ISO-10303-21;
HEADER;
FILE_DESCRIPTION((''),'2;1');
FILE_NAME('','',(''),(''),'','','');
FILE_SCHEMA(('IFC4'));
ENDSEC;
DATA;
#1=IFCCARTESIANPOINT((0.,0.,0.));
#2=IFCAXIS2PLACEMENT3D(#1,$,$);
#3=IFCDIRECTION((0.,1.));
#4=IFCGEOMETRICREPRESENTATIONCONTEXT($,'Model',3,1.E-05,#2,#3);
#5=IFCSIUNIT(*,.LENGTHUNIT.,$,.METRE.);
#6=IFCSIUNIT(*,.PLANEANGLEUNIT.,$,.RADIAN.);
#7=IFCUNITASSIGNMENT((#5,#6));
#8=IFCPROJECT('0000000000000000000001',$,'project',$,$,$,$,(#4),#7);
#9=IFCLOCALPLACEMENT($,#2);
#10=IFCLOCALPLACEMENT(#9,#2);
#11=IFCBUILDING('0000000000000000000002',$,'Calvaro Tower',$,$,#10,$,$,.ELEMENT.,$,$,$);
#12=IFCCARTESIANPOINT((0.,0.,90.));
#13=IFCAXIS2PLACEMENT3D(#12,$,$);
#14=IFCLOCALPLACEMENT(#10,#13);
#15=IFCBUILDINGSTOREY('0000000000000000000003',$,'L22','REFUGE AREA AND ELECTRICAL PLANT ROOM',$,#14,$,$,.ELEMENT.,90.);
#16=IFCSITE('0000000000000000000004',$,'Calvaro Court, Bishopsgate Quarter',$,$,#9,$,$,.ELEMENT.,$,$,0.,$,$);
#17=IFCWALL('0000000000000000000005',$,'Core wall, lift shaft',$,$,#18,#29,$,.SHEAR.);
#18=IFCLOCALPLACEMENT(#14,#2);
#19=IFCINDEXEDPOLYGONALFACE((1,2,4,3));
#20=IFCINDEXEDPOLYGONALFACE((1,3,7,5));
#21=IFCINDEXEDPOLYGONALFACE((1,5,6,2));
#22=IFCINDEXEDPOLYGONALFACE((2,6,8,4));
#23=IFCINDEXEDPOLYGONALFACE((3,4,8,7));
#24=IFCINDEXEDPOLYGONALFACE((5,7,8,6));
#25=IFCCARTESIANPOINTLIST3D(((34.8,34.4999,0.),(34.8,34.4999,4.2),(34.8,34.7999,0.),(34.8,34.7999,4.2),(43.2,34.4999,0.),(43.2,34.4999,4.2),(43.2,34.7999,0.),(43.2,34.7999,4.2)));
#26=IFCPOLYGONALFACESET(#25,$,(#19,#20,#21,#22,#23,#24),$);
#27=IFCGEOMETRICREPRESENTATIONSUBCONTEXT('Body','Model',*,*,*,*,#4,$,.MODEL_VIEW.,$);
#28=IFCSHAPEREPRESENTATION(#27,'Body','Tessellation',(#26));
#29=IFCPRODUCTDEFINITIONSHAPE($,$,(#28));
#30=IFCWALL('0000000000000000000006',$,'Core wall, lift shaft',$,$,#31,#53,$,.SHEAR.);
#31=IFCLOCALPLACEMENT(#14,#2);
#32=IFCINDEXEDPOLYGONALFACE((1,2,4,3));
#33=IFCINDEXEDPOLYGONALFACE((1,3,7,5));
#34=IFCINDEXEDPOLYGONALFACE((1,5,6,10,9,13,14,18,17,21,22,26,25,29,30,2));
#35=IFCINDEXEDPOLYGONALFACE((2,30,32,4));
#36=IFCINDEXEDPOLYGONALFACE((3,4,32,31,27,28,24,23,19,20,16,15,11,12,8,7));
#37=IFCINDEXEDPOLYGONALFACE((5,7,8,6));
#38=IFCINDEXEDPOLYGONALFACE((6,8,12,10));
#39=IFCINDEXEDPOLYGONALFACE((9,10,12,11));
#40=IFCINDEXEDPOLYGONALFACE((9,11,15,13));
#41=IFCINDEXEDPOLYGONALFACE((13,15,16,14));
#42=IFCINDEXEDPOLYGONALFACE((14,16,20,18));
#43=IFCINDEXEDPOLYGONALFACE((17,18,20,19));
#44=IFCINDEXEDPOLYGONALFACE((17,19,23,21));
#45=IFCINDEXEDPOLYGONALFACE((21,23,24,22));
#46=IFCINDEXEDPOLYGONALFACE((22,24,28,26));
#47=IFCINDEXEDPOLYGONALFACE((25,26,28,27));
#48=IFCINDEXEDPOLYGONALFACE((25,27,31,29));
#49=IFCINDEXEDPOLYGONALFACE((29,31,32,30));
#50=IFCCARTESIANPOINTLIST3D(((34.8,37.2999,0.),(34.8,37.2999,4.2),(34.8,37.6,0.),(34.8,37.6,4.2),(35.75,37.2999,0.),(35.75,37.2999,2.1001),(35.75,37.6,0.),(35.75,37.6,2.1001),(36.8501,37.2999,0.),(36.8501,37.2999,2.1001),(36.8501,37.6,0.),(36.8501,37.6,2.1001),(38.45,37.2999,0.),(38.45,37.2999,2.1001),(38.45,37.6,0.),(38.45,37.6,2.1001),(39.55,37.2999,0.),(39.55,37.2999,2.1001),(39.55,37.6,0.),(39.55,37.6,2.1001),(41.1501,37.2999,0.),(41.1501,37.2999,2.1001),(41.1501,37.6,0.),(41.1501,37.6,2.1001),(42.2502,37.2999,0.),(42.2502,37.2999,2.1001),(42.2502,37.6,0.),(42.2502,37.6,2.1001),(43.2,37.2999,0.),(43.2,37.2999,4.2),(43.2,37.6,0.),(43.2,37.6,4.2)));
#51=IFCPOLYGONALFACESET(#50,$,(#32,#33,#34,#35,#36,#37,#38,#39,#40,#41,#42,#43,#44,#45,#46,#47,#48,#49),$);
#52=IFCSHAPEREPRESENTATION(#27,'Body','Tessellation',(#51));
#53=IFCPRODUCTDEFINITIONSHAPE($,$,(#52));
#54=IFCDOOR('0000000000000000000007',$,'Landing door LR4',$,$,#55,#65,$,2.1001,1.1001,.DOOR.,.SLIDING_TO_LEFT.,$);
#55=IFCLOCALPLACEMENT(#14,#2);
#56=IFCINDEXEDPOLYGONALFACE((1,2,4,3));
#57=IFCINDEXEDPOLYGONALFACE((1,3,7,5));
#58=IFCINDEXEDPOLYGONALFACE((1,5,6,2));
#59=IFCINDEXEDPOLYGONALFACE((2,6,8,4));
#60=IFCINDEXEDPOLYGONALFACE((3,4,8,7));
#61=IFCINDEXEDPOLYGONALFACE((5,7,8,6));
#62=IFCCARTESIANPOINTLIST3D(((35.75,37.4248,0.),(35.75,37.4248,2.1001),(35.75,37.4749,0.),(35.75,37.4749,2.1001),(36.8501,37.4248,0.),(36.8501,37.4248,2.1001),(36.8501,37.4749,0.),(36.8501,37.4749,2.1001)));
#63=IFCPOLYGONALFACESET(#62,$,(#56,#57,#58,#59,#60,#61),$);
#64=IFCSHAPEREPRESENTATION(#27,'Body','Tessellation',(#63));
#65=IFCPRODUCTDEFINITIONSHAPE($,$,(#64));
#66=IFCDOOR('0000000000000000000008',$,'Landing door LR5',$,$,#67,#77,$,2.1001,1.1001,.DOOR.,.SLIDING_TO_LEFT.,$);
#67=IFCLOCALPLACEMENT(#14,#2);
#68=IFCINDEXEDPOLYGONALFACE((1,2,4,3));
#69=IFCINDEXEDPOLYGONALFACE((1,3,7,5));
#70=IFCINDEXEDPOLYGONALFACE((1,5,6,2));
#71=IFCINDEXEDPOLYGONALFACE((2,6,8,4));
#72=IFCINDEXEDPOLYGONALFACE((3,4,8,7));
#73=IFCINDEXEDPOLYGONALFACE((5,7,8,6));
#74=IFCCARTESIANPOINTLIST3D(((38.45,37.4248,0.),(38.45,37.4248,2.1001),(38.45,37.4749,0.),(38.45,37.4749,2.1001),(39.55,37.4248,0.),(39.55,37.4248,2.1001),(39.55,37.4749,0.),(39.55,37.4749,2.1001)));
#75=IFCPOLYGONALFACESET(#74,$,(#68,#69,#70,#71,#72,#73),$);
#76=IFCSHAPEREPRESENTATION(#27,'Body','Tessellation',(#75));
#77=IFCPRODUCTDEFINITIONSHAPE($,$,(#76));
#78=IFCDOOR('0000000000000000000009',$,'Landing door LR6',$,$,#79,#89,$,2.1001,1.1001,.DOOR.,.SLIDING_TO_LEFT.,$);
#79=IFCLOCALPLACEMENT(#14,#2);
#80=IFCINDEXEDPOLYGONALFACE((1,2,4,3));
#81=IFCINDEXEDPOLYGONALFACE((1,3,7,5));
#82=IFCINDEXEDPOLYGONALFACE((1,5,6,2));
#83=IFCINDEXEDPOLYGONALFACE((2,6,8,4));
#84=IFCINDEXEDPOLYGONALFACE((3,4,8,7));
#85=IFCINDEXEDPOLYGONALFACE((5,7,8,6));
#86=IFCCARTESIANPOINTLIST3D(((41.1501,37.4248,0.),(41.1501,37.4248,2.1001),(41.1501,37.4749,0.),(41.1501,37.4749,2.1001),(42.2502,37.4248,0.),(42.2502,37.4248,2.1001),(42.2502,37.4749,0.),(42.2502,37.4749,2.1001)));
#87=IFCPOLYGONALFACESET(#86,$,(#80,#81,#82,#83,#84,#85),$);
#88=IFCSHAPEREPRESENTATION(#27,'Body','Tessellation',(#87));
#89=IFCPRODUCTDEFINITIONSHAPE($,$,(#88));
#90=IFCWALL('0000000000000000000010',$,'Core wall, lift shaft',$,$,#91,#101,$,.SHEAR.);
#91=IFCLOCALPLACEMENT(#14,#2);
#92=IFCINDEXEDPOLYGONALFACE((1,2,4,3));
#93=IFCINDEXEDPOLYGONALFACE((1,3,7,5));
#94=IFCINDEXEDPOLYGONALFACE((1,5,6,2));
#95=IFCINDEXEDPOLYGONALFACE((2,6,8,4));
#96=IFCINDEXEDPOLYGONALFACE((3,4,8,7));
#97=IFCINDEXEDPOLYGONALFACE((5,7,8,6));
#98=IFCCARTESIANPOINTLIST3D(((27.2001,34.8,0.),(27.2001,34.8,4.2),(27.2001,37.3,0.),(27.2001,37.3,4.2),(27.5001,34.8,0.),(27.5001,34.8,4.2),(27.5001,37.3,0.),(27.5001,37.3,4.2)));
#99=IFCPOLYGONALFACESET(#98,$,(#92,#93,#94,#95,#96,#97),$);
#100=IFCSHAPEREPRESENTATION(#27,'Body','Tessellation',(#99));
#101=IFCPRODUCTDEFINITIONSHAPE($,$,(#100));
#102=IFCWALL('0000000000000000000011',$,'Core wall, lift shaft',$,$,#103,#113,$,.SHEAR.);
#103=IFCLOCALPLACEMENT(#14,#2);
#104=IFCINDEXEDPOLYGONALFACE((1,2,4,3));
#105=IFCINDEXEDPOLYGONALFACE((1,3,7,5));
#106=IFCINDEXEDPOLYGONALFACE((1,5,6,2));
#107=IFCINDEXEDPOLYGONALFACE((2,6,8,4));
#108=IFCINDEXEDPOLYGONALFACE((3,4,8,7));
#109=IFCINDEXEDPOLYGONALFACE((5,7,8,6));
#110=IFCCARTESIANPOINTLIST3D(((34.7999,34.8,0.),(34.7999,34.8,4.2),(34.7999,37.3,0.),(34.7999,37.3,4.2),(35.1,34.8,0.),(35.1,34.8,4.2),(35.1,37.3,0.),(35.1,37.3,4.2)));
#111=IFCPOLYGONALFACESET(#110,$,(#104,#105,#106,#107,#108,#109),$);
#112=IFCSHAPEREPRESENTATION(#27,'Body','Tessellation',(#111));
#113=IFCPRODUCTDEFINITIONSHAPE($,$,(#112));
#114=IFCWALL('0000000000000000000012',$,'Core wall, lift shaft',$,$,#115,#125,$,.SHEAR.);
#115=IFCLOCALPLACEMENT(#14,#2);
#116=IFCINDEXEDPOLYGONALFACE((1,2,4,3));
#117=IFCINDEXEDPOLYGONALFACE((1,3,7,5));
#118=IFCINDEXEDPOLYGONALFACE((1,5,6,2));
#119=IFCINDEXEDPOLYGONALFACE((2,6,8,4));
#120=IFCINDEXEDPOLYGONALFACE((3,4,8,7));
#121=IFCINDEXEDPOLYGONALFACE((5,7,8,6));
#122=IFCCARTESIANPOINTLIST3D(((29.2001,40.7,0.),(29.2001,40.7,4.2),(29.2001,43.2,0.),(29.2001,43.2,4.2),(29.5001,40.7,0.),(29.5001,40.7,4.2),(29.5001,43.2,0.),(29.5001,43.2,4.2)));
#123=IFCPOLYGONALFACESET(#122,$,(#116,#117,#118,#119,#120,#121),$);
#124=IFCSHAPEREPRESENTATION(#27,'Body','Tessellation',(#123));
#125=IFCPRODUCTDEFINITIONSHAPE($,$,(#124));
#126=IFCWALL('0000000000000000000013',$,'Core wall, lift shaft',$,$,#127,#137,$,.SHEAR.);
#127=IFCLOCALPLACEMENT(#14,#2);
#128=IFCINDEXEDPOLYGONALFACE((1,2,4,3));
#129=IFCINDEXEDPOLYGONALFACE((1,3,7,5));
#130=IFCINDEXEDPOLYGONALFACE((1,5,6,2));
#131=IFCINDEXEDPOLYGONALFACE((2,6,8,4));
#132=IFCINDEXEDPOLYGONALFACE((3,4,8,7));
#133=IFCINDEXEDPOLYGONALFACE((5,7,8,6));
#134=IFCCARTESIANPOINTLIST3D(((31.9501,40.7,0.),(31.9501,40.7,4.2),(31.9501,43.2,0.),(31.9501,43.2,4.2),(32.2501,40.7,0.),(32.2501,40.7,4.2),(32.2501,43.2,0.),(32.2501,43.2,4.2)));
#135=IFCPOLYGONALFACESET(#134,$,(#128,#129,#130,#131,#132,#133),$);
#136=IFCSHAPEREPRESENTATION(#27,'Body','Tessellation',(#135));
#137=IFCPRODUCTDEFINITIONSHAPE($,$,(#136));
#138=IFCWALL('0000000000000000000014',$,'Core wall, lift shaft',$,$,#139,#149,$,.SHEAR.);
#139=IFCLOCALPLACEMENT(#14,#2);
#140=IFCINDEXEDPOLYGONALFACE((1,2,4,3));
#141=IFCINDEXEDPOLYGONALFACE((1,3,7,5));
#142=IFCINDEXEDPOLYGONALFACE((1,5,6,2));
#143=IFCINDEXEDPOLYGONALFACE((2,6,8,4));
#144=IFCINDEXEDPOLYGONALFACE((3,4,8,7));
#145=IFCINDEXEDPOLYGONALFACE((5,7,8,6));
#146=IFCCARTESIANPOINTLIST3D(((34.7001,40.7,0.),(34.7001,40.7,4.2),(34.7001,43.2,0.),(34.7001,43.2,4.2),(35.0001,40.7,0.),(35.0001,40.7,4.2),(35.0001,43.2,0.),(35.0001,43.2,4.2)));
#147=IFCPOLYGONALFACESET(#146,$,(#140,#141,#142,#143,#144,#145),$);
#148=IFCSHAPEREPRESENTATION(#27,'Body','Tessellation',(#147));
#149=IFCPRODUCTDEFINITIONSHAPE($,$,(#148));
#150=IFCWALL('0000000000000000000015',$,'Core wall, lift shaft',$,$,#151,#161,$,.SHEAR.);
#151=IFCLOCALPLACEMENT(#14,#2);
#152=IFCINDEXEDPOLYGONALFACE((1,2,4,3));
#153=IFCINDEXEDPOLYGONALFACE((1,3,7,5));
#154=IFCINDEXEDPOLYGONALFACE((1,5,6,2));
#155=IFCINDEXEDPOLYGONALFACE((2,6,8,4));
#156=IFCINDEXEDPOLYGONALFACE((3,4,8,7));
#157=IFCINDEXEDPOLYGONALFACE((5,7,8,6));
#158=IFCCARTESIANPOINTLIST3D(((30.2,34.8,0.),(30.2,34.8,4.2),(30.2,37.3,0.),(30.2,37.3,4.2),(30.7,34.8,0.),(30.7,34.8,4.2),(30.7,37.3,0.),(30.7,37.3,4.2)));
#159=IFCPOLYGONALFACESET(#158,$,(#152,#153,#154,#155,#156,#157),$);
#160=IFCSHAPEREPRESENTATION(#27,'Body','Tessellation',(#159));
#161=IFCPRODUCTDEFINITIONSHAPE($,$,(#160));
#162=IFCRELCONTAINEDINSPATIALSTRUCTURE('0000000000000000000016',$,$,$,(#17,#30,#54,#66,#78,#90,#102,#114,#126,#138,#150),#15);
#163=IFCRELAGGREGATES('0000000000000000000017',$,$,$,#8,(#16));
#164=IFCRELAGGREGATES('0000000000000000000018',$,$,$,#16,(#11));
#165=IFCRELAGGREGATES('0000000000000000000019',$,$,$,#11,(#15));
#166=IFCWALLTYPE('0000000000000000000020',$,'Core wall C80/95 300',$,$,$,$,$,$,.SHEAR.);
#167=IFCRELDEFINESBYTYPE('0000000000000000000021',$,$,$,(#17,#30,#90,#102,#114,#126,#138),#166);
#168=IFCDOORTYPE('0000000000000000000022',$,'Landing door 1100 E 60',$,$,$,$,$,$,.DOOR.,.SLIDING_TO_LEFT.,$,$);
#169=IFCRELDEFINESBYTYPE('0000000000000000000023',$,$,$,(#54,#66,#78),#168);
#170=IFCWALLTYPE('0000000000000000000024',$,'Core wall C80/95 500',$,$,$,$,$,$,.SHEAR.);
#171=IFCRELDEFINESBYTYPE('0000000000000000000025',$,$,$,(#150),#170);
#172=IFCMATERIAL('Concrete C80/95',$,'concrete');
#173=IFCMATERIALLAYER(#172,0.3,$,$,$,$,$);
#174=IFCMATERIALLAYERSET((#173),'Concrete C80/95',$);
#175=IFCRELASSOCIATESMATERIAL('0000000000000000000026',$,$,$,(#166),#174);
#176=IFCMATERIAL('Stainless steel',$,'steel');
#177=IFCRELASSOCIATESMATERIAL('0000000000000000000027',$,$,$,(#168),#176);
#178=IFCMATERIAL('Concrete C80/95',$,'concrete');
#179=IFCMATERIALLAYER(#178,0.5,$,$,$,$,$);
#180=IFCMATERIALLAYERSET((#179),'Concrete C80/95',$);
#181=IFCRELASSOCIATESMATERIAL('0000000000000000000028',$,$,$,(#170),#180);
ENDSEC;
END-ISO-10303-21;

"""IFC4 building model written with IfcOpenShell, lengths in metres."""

from ifc_helpers import new_model, si_unit, direction, frame, frame_2d, origin, place, context, subcontext, project, spatial, rectangle, extrude, material, layer, layer_set, type_object, element, fill, save


model = new_model("IFC4")

# Units and contexts
model_context = context("Model", 3, precision=1e-05, world=origin(), true_north=direction((0.0, 1.0)))
body_context = subcontext(model_context, "Body", "Model", "MODEL_VIEW")
ifc_project = project(units=[si_unit("LENGTHUNIT", "METRE"), si_unit("PLANEANGLEUNIT", "RADIAN")], contexts=[model_context])

# Site, building, storey
site_placement = place(None, origin())
site = spatial("IfcSite", under=ifc_project, at=site_placement, Name="Calvaro Court, Bishopsgate Quarter", CompositionType="ELEMENT", RefElevation=0.0)
building_placement = place(site_placement, origin())
building = spatial("IfcBuilding", under=site, at=building_placement, Name="Calvaro Tower", CompositionType="ELEMENT")
storey_placement = place(building_placement, frame((0.0, 0.0, 90.0)))
storey = spatial("IfcBuildingStorey", under=building, at=storey_placement, Name="L22", Description="REFUGE AREA AND ELECTRICAL PLANT ROOM", CompositionType="ELEMENT", Elevation=90.0)

# Wall
ifc_material_1 = material(Name="Concrete C80/95", Category="concrete")
ifc_layer_1 = layer(ifc_material_1, 0.3)
ifc_layer_set_1 = layer_set([ifc_layer_1], Name="Concrete C80/95")
wall_type_1 = type_object("IfcWallType", Name="Core wall C80/95 300", PredefinedType="SHEAR", material=ifc_layer_set_1)
wall_1_placement = place(storey_placement, frame((34.8, 34.6499, 0.0), z_axis=(0.0, 0.0, 1.0), x_axis=(1.0, 0.0, 0.0)))
element("IfcWall", 1, at=wall_1_placement, inside=storey, type_object=wall_type_1, Name="Core wall, lift shaft", PredefinedType="SHEAR", context=body_context, shape_type="SweptSolid", body=[
    extrude(rectangle(XDim=8.3999, YDim=0.3, at=frame_2d((4.2, 0.0))), origin(), (0.0, 0.0, 1.0), 4.2),
])

# Wall, openings, doors
wall_2_placement = place(storey_placement, frame((34.8, 37.45, 0.0), z_axis=(0.0, 0.0, 1.0), x_axis=(1.0, 0.0, 0.0)))
wall_2 = element("IfcWall", 2, at=wall_2_placement, inside=storey, type_object=wall_type_1, Name="Core wall, lift shaft", PredefinedType="SHEAR", context=body_context, shape_type="SweptSolid", body=[
    extrude(rectangle(XDim=8.3999, YDim=0.3, at=frame_2d((4.2, 0.0))), origin(), (0.0, 0.0, 1.0), 4.2),
])
opening_1_placement = place(wall_2_placement, frame((0.95, 0.0, 0.0)))
opening_1 = element("IfcOpeningElement", 3, at=opening_1_placement, cuts=wall_2, PredefinedType="OPENING", context=body_context, shape_type="SweptSolid", body=[
    extrude(rectangle(XDim=1.1001, YDim=2.1001, at=frame_2d((0.55, 1.05))), frame((0.0, 0.1599, 0.0), z_axis=(0.0, -1.0, 0.0), x_axis=(1.0, 0.0, 0.0)), (0.0, 0.0, 1.0), 0.3201),
])
opening_2_placement = place(wall_2_placement, frame((3.6499, 0.0, 0.0)))
opening_2 = element("IfcOpeningElement", 4, at=opening_2_placement, cuts=wall_2, PredefinedType="OPENING", context=body_context, shape_type="SweptSolid", body=[
    extrude(rectangle(XDim=1.1001, YDim=2.1001, at=frame_2d((0.55, 1.05))), frame((0.0, 0.1599, 0.0), z_axis=(0.0, -1.0, 0.0), x_axis=(1.0, 0.0, 0.0)), (0.0, 0.0, 1.0), 0.3201),
])
opening_3_placement = place(wall_2_placement, frame((6.3501, 0.0, 0.0)))
opening_3 = element("IfcOpeningElement", 5, at=opening_3_placement, cuts=wall_2, PredefinedType="OPENING", context=body_context, shape_type="SweptSolid", body=[
    extrude(rectangle(XDim=1.1001, YDim=2.1001, at=frame_2d((0.55, 1.05))), frame((0.0, 0.1599, 0.0), z_axis=(0.0, -1.0, 0.0), x_axis=(1.0, 0.0, 0.0)), (0.0, 0.0, 1.0), 0.3201),
])
ifc_material_2 = material(Name="Stainless steel", Category="steel")
door_type = type_object("IfcDoorType", Name="Landing door 1100 E 60", OperationType="SLIDING_TO_LEFT", PredefinedType="DOOR", material=ifc_material_2)
door_1_placement = place(opening_1_placement, origin())
door_1 = element("IfcDoor", 6, at=door_1_placement, inside=storey, type_object=door_type, Name="Landing door LR4", OperationType="SLIDING_TO_LEFT", OverallHeight=2.1001, OverallWidth=1.1001, PredefinedType="DOOR", context=body_context, shape_type="SweptSolid", body=[
    extrude(rectangle(XDim=1.1001, YDim=2.1001, at=frame_2d((0.55, 1.05))), frame((0.0, 0.0249, 0.0), z_axis=(0.0, -1.0, 0.0), x_axis=(1.0, 0.0, 0.0)), (0.0, 0.0, 1.0), 0.05),
])
fill(opening_1, door_1)
door_2_placement = place(opening_2_placement, origin())
door_2 = element("IfcDoor", 7, at=door_2_placement, inside=storey, type_object=door_type, Name="Landing door LR5", OperationType="SLIDING_TO_LEFT", OverallHeight=2.1001, OverallWidth=1.1001, PredefinedType="DOOR", context=body_context, shape_type="SweptSolid", body=[
    extrude(rectangle(XDim=1.1001, YDim=2.1001, at=frame_2d((0.55, 1.05))), frame((0.0, 0.0249, 0.0), z_axis=(0.0, -1.0, 0.0), x_axis=(1.0, 0.0, 0.0)), (0.0, 0.0, 1.0), 0.05),
])
fill(opening_2, door_2)
door_3_placement = place(opening_3_placement, origin())
door_3 = element("IfcDoor", 8, at=door_3_placement, inside=storey, type_object=door_type, Name="Landing door LR6", OperationType="SLIDING_TO_LEFT", OverallHeight=2.1001, OverallWidth=1.1001, PredefinedType="DOOR", context=body_context, shape_type="SweptSolid", body=[
    extrude(rectangle(XDim=1.1001, YDim=2.1001, at=frame_2d((0.55, 1.05))), frame((0.0, 0.0249, 0.0), z_axis=(0.0, -1.0, 0.0), x_axis=(1.0, 0.0, 0.0)), (0.0, 0.0, 1.0), 0.05),
])
fill(opening_3, door_3)

# Walls
for number, where, z_axis, x_axis, name in (
    (9, (27.3501, 34.8, 0.0), (0.0, 0.0, 1.0), (0.0, 1.0, 0.0), "Core wall, lift shaft"),
    (10, (34.95, 34.8, 0.0), (0.0, 0.0, 1.0), (0.0, 1.0, 0.0), "Core wall, lift shaft"),
    (11, (29.3501, 40.7, 0.0), (0.0, 0.0, 1.0), (0.0, 1.0, 0.0), "Core wall, lift shaft"),
    (12, (32.1001, 40.7, 0.0), (0.0, 0.0, 1.0), (0.0, 1.0, 0.0), "Core wall, lift shaft"),
    (13, (34.8501, 40.7, 0.0), (0.0, 0.0, 1.0), (0.0, 1.0, 0.0), "Core wall, lift shaft"),
):
    element("IfcWall", number, at=place(storey_placement, frame(where, z_axis=z_axis, x_axis=x_axis)), inside=storey, type_object=wall_type_1, Name=name, PredefinedType="SHEAR", context=body_context, shape_type="SweptSolid", body=[
        extrude(rectangle(XDim=2.5, YDim=0.3, at=frame_2d((1.25, 0.0))), origin(), (0.0, 0.0, 1.0), 4.2),
    ])
ifc_material_3 = material(Name="Concrete C80/95", Category="concrete")
ifc_layer_2 = layer(ifc_material_3, 0.5)
ifc_layer_set_2 = layer_set([ifc_layer_2], Name="Concrete C80/95")
wall_type_2 = type_object("IfcWallType", Name="Core wall C80/95 500", PredefinedType="SHEAR", material=ifc_layer_set_2)
wall_3_placement = place(storey_placement, frame((30.45, 34.8, 0.0), z_axis=(0.0, 0.0, 1.0), x_axis=(0.0, 1.0, 0.0)))
element("IfcWall", 14, at=wall_3_placement, inside=storey, type_object=wall_type_2, Name="Core wall, lift shaft", PredefinedType="SHEAR", context=body_context, shape_type="SweptSolid", body=[
    extrude(rectangle(XDim=2.5, YDim=0.5, at=frame_2d((1.25, 0.0))), origin(), (0.0, 0.0, 1.0), 4.2),
])

save(model, "model.ifc")
